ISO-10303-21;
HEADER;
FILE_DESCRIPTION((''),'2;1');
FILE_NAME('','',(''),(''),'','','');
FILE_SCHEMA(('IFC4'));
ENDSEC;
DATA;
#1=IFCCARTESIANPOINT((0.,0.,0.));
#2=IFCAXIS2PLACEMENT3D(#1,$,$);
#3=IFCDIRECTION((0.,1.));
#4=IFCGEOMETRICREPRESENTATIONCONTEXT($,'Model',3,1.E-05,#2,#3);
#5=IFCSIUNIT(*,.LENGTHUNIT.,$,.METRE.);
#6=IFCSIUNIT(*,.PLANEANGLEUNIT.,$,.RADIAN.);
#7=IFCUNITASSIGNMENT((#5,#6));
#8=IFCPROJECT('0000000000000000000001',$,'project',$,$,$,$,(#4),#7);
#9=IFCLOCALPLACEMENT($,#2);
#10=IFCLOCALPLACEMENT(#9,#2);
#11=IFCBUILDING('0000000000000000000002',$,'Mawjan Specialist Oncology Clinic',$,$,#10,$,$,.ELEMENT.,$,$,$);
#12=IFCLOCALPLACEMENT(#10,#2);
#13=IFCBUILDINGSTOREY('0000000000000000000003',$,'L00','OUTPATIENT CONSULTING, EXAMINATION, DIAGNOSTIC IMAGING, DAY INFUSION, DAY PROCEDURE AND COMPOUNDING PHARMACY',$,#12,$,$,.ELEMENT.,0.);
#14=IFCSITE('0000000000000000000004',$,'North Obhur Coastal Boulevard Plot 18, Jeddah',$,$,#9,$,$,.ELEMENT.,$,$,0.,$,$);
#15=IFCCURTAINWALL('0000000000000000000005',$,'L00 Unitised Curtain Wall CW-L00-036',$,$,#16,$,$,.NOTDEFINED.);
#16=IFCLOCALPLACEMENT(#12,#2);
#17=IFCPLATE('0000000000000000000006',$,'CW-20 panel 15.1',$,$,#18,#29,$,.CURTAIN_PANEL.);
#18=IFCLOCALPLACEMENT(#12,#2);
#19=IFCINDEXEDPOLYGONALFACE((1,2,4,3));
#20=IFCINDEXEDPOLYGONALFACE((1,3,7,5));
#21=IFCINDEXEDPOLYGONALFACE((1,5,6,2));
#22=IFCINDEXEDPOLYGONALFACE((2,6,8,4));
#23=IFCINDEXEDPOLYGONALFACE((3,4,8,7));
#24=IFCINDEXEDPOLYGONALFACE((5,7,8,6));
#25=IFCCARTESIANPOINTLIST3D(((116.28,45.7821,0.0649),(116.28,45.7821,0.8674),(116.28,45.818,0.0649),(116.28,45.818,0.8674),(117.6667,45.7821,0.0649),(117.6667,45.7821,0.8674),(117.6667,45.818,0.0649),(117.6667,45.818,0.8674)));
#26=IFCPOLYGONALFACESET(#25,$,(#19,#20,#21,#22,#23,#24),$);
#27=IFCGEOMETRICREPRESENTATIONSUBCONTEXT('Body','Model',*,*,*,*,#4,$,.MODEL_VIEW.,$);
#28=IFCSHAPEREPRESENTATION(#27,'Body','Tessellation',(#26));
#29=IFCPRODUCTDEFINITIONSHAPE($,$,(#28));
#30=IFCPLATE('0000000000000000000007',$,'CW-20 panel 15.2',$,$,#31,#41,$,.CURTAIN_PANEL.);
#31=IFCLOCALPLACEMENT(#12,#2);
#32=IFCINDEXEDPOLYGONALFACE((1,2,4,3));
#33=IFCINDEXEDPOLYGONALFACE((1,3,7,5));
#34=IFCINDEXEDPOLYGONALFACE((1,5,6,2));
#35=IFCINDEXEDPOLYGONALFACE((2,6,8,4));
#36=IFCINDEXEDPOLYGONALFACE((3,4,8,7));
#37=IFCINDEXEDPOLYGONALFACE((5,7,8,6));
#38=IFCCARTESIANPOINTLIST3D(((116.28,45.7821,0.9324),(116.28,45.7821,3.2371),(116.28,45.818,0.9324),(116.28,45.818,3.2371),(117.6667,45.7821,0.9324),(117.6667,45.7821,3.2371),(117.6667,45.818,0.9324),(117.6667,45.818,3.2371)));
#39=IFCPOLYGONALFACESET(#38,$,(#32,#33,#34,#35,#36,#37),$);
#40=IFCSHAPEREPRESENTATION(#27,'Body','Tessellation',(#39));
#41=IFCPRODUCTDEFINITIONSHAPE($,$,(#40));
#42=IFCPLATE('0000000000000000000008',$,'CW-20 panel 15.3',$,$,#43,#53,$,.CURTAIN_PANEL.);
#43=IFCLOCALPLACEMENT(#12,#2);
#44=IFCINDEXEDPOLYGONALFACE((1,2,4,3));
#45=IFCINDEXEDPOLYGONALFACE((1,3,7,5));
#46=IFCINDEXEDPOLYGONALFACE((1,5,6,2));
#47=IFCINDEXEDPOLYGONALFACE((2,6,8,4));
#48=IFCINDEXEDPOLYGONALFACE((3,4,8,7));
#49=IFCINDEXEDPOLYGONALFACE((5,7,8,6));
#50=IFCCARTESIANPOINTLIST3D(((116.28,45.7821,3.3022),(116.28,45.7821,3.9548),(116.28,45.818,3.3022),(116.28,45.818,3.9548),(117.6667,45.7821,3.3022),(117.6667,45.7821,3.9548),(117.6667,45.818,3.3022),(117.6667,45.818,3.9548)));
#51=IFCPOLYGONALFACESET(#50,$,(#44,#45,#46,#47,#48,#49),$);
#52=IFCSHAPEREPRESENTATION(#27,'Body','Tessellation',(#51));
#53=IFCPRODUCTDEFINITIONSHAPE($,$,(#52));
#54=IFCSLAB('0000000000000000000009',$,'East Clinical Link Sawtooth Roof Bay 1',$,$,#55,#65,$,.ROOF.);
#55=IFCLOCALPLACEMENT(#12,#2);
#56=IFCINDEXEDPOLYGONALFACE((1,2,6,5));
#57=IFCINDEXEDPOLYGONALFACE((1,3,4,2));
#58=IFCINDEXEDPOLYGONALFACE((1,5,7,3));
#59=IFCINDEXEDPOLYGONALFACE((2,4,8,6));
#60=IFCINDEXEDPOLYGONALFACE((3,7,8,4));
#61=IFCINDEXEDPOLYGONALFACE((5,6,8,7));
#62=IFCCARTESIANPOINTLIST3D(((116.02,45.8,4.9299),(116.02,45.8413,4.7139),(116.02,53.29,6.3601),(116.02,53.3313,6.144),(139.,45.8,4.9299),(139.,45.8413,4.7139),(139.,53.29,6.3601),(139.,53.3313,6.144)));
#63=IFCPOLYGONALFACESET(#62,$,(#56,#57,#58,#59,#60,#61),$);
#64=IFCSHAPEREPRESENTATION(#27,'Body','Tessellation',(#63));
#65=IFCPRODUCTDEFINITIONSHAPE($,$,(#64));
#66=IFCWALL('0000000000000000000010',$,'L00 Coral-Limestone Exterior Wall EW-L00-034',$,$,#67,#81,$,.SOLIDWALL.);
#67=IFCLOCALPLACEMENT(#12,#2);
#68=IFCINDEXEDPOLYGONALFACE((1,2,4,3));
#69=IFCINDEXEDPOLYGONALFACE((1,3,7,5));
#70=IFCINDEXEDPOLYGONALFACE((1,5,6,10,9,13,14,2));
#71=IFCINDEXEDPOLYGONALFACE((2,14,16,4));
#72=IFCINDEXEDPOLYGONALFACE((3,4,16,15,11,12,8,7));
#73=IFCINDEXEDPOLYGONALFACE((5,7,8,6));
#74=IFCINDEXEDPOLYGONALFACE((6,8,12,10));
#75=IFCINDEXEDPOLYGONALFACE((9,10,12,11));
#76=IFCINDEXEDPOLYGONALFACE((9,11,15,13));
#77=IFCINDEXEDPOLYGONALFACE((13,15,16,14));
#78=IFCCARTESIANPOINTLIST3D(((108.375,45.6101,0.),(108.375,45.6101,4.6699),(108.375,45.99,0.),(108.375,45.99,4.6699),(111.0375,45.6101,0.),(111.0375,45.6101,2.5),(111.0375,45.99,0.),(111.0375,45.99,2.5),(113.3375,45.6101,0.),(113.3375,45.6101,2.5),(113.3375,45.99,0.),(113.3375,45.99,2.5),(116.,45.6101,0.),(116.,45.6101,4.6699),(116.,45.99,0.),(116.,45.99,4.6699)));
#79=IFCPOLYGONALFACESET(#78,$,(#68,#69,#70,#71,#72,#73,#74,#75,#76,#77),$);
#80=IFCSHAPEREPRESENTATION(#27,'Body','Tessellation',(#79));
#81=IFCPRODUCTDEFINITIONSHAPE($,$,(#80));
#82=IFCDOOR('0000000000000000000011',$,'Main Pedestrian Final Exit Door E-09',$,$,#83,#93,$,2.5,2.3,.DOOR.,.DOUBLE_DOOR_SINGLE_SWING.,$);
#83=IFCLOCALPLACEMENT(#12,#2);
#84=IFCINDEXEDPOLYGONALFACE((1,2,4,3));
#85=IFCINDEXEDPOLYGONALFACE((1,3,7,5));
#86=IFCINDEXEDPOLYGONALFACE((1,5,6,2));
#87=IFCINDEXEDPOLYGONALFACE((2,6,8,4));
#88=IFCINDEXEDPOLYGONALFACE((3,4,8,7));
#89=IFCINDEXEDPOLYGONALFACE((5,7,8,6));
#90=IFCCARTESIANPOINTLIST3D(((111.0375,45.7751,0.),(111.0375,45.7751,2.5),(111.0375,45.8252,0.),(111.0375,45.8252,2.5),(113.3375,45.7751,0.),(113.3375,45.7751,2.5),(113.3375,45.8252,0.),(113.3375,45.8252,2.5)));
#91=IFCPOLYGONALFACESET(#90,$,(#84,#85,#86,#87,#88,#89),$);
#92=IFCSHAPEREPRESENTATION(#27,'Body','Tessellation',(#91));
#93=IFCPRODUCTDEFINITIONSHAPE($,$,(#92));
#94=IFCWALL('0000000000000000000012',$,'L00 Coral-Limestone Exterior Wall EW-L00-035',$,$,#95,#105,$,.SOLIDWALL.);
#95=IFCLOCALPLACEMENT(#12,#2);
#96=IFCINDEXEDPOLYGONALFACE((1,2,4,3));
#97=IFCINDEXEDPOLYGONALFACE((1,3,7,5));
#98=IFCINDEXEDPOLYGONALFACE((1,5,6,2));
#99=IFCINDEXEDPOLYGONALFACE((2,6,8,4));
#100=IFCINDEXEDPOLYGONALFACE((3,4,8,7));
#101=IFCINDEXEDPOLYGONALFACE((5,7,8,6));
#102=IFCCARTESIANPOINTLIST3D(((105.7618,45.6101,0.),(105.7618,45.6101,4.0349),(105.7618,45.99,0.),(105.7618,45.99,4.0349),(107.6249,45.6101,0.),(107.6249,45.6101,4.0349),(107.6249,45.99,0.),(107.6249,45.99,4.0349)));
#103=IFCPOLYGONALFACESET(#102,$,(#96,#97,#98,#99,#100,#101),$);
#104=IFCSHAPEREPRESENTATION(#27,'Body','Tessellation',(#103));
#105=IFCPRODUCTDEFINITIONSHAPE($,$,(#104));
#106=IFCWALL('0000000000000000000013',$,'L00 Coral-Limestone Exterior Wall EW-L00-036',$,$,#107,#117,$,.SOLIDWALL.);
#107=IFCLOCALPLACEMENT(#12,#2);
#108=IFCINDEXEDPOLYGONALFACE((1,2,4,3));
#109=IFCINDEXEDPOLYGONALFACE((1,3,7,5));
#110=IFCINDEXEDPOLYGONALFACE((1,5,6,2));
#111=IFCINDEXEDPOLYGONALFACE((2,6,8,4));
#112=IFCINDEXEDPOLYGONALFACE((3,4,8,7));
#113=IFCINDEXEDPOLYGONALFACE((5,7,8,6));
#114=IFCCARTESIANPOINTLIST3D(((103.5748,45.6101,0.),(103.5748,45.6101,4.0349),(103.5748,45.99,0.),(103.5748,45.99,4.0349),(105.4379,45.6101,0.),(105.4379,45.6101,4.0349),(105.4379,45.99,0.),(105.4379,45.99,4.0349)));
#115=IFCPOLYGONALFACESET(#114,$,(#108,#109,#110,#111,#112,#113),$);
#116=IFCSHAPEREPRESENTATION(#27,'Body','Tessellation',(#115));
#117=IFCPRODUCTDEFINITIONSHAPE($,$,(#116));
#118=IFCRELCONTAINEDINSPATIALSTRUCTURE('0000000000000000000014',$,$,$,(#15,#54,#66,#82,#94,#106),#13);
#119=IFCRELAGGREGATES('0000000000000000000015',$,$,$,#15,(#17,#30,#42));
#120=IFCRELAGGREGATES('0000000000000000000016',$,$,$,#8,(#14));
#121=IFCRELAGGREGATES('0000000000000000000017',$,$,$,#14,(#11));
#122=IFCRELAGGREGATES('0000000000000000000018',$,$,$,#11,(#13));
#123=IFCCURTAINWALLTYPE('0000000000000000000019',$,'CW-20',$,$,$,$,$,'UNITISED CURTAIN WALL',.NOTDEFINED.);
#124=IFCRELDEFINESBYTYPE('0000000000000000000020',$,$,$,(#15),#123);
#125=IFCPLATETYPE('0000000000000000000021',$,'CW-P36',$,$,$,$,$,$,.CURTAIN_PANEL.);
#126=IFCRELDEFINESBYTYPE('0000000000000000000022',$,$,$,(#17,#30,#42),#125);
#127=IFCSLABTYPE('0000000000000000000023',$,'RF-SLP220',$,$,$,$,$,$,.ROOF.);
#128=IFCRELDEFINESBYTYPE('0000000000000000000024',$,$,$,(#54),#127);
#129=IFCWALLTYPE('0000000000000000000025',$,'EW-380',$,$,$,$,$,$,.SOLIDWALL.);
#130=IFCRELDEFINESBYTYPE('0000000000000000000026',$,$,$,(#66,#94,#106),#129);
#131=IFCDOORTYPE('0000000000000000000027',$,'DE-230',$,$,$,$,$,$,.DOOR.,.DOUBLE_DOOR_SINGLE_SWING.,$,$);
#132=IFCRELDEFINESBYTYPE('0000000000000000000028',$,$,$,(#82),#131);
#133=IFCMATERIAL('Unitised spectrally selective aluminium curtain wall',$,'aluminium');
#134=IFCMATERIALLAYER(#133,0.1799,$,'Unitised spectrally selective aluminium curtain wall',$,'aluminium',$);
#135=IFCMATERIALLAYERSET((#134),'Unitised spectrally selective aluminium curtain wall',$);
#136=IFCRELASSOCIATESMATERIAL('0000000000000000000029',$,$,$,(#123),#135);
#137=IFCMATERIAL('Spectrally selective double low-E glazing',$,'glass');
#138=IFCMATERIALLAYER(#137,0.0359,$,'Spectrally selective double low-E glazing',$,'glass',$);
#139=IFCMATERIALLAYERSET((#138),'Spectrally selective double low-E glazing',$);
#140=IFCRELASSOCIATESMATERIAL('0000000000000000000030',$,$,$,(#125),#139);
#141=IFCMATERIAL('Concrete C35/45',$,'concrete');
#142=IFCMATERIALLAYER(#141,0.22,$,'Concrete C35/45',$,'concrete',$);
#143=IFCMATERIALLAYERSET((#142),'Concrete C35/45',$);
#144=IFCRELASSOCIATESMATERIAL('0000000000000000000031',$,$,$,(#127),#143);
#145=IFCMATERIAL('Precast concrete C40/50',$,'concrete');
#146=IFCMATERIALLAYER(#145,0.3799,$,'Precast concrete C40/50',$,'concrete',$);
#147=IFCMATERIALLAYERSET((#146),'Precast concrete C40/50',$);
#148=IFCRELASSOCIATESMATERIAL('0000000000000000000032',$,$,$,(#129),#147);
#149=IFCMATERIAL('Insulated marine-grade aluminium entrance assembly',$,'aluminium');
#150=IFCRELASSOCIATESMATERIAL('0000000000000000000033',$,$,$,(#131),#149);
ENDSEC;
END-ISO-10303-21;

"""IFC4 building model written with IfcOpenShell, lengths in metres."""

from ifc_helpers import new_model, si_unit, direction, frame, frame_2d, origin, origin_2d, place, context, subcontext, project, spatial, polyline, rectangle, outline, extrude, material, layer, layer_set, type_object, element, fill, aggregate, save


model = new_model("IFC4")

# Units and contexts
model_context = context("Model", 3, precision=1e-05, world=origin(), true_north=direction((0.0, 1.0)))
body_context = subcontext(model_context, "Body", "Model", "MODEL_VIEW")
ifc_project = project(units=[si_unit("LENGTHUNIT", "METRE"), si_unit("PLANEANGLEUNIT", "RADIAN")], contexts=[model_context])

# Site, building, storey
site_placement = place(None, origin())
site = spatial("IfcSite", under=ifc_project, at=site_placement, Name="North Obhur Coastal Boulevard Plot 18, Jeddah", CompositionType="ELEMENT", RefElevation=0.0)
building_placement = place(site_placement, origin())
building = spatial("IfcBuilding", under=site, at=building_placement, Name="Mawjan Specialist Oncology Clinic", CompositionType="ELEMENT")
storey_placement = place(building_placement, origin())
storey = spatial("IfcBuildingStorey", under=building, at=storey_placement, Name="L00", Description="OUTPATIENT CONSULTING, EXAMINATION, DIAGNOSTIC IMAGING, DAY INFUSION, DAY PROCEDURE AND COMPOUNDING PHARMACY", CompositionType="ELEMENT", Elevation=0.0)

# Curtain wall, plates
ifc_material_1 = material(Name="Unitised spectrally selective aluminium curtain wall", Category="aluminium")
ifc_layer_1 = layer(ifc_material_1, 0.1799, Name="Unitised spectrally selective aluminium curtain wall", Category="aluminium")
ifc_layer_set_1 = layer_set([ifc_layer_1], Name="Unitised spectrally selective aluminium curtain wall")
curtain_wall_type = type_object("IfcCurtainWallType", Name="CW-20", ElementType="UNITISED CURTAIN WALL", PredefinedType="NOTDEFINED", material=ifc_layer_set_1)
curtain_wall_placement = place(storey_placement, origin())
curtain_wall = element("IfcCurtainWall", 1, at=curtain_wall_placement, inside=storey, type_object=curtain_wall_type, Name="L00 Unitised Curtain Wall CW-L00-036", PredefinedType="NOTDEFINED")
ifc_material_2 = material(Name="Spectrally selective double low-E glazing", Category="glass")
ifc_layer_2 = layer(ifc_material_2, 0.0359, Name="Spectrally selective double low-E glazing", Category="glass")
ifc_layer_set_2 = layer_set([ifc_layer_2], Name="Spectrally selective double low-E glazing")
plate_type = type_object("IfcPlateType", Name="CW-P36", PredefinedType="CURTAIN_PANEL", material=ifc_layer_set_2)
plate_1_placement = place(storey_placement, frame((116.9734, 45.8, 0.0649), z_axis=(0.0, 0.0, 1.0), x_axis=(-1.0, 0.0, 0.0)))
plate_1 = element("IfcPlate", 2, at=plate_1_placement, type_object=plate_type, Name="CW-20 panel 15.1", PredefinedType="CURTAIN_PANEL", context=body_context, shape_type="SweptSolid", body=[
    extrude(rectangle(XDim=1.3867, YDim=0.0359, at=origin_2d()), origin(), (0.0, 0.0, 1.0), 0.8025),
])
plate_2_placement = place(storey_placement, frame((116.9734, 45.8, 0.9324), z_axis=(0.0, 0.0, 1.0), x_axis=(-1.0, 0.0, 0.0)))
plate_2 = element("IfcPlate", 3, at=plate_2_placement, type_object=plate_type, Name="CW-20 panel 15.2", PredefinedType="CURTAIN_PANEL", context=body_context, shape_type="SweptSolid", body=[
    extrude(rectangle(XDim=1.3867, YDim=0.0359, at=origin_2d()), origin(), (0.0, 0.0, 1.0), 2.3047),
])
plate_3_placement = place(storey_placement, frame((116.9734, 45.8, 3.3022), z_axis=(0.0, 0.0, 1.0), x_axis=(-1.0, 0.0, 0.0)))
plate_3 = element("IfcPlate", 4, at=plate_3_placement, type_object=plate_type, Name="CW-20 panel 15.3", PredefinedType="CURTAIN_PANEL", context=body_context, shape_type="SweptSolid", body=[
    extrude(rectangle(XDim=1.3867, YDim=0.0359, at=origin_2d()), origin(), (0.0, 0.0, 1.0), 0.6526),
])
aggregate(curtain_wall, [plate_1, plate_2, plate_3])

# Slab
ifc_material_3 = material(Name="Concrete C35/45", Category="concrete")
ifc_layer_3 = layer(ifc_material_3, 0.22, Name="Concrete C35/45", Category="concrete")
ifc_layer_set_3 = layer_set([ifc_layer_3], Name="Concrete C35/45")
slab_type = type_object("IfcSlabType", Name="RF-SLP220", PredefinedType="ROOF", material=ifc_layer_set_3)
slab_placement = place(storey_placement, frame((116.02, 45.8, 4.9299), z_axis=(0.0, -0.187556, 0.982254), x_axis=(1.0, 0.0, 0.0)))
element("IfcSlab", 5, at=slab_placement, inside=storey, type_object=slab_type, Name="East Clinical Link Sawtooth Roof Bay 1", PredefinedType="ROOF", context=body_context, shape_type="SweptSolid", body=[
    extrude(outline(polyline([(0.0, 0.0), (22.98, 0.0), (22.98, 7.6253), (0.0, 7.6253), (0.0, 0.0)])), origin(), (0.0, 0.0, -1.0), 0.22),
])

# Wall, opening, door
ifc_material_4 = material(Name="Precast concrete C40/50", Category="concrete")
ifc_layer_4 = layer(ifc_material_4, 0.3799, Name="Precast concrete C40/50", Category="concrete")
ifc_layer_set_4 = layer_set([ifc_layer_4], Name="Precast concrete C40/50")
wall_type = type_object("IfcWallType", Name="EW-380", PredefinedType="SOLIDWALL", material=ifc_layer_set_4)
wall_placement = place(storey_placement, frame((116.0, 45.8, 0.0), z_axis=(0.0, 0.0, 1.0), x_axis=(-1.0, 0.0, 0.0)))
wall = element("IfcWall", 6, at=wall_placement, inside=storey, type_object=wall_type, Name="L00 Coral-Limestone Exterior Wall EW-L00-034", PredefinedType="SOLIDWALL", context=body_context, shape_type="SweptSolid", body=[
    extrude(rectangle(XDim=7.625, YDim=0.3799, at=frame_2d((3.8125, 0.0))), origin(), (0.0, 0.0, 1.0), 4.6699),
])
opening_placement = place(wall_placement, frame((2.6626, 0.0, 0.0)))
opening = element("IfcOpeningElement", 7, at=opening_placement, cuts=wall, PredefinedType="OPENING", context=body_context, shape_type="SweptSolid", body=[
    extrude(rectangle(XDim=2.3, YDim=2.5, at=frame_2d((1.1499, 1.25))), frame((0.0, 0.2019, 0.0), z_axis=(0.0, -1.0, 0.0), x_axis=(1.0, 0.0, 0.0)), (0.0, 0.0, 1.0), 0.4038),
])
ifc_material_5 = material(Name="Insulated marine-grade aluminium entrance assembly", Category="aluminium")
door_type = type_object("IfcDoorType", Name="DE-230", OperationType="DOUBLE_DOOR_SINGLE_SWING", PredefinedType="DOOR", material=ifc_material_5)
door_placement = place(opening_placement, origin())
door = element("IfcDoor", 8, at=door_placement, inside=storey, type_object=door_type, Name="Main Pedestrian Final Exit Door E-09", OperationType="DOUBLE_DOOR_SINGLE_SWING", OverallHeight=2.5, OverallWidth=2.3, PredefinedType="DOOR", context=body_context, shape_type="SweptSolid", body=[
    extrude(rectangle(XDim=2.3, YDim=2.5, at=frame_2d((1.1499, 1.25))), frame((0.0, 0.0249, 0.0), z_axis=(0.0, -1.0, 0.0), x_axis=(1.0, 0.0, 0.0)), (0.0, 0.0, 1.0), 0.05),
])
fill(opening, door)

# Walls
for number, where, z_axis, x_axis, name in (
    (9, (107.625, 45.8, 0.0), (0.0, 0.0, 1.0), (-1.0, 0.0, 0.0), "L00 Coral-Limestone Exterior Wall EW-L00-035"),
    (10, (105.438, 45.8, 0.0), (0.0, 0.0, 1.0), (-1.0, 0.0, 0.0), "L00 Coral-Limestone Exterior Wall EW-L00-036"),
):
    element("IfcWall", number, at=place(storey_placement, frame(where, z_axis=z_axis, x_axis=x_axis)), inside=storey, type_object=wall_type, Name=name, PredefinedType="SOLIDWALL", context=body_context, shape_type="SweptSolid", body=[
        extrude(rectangle(XDim=1.863, YDim=0.3799, at=frame_2d((0.9316, 0.0))), origin(), (0.0, 0.0, 1.0), 4.0349),
    ])

save(model, "model.ifc")
